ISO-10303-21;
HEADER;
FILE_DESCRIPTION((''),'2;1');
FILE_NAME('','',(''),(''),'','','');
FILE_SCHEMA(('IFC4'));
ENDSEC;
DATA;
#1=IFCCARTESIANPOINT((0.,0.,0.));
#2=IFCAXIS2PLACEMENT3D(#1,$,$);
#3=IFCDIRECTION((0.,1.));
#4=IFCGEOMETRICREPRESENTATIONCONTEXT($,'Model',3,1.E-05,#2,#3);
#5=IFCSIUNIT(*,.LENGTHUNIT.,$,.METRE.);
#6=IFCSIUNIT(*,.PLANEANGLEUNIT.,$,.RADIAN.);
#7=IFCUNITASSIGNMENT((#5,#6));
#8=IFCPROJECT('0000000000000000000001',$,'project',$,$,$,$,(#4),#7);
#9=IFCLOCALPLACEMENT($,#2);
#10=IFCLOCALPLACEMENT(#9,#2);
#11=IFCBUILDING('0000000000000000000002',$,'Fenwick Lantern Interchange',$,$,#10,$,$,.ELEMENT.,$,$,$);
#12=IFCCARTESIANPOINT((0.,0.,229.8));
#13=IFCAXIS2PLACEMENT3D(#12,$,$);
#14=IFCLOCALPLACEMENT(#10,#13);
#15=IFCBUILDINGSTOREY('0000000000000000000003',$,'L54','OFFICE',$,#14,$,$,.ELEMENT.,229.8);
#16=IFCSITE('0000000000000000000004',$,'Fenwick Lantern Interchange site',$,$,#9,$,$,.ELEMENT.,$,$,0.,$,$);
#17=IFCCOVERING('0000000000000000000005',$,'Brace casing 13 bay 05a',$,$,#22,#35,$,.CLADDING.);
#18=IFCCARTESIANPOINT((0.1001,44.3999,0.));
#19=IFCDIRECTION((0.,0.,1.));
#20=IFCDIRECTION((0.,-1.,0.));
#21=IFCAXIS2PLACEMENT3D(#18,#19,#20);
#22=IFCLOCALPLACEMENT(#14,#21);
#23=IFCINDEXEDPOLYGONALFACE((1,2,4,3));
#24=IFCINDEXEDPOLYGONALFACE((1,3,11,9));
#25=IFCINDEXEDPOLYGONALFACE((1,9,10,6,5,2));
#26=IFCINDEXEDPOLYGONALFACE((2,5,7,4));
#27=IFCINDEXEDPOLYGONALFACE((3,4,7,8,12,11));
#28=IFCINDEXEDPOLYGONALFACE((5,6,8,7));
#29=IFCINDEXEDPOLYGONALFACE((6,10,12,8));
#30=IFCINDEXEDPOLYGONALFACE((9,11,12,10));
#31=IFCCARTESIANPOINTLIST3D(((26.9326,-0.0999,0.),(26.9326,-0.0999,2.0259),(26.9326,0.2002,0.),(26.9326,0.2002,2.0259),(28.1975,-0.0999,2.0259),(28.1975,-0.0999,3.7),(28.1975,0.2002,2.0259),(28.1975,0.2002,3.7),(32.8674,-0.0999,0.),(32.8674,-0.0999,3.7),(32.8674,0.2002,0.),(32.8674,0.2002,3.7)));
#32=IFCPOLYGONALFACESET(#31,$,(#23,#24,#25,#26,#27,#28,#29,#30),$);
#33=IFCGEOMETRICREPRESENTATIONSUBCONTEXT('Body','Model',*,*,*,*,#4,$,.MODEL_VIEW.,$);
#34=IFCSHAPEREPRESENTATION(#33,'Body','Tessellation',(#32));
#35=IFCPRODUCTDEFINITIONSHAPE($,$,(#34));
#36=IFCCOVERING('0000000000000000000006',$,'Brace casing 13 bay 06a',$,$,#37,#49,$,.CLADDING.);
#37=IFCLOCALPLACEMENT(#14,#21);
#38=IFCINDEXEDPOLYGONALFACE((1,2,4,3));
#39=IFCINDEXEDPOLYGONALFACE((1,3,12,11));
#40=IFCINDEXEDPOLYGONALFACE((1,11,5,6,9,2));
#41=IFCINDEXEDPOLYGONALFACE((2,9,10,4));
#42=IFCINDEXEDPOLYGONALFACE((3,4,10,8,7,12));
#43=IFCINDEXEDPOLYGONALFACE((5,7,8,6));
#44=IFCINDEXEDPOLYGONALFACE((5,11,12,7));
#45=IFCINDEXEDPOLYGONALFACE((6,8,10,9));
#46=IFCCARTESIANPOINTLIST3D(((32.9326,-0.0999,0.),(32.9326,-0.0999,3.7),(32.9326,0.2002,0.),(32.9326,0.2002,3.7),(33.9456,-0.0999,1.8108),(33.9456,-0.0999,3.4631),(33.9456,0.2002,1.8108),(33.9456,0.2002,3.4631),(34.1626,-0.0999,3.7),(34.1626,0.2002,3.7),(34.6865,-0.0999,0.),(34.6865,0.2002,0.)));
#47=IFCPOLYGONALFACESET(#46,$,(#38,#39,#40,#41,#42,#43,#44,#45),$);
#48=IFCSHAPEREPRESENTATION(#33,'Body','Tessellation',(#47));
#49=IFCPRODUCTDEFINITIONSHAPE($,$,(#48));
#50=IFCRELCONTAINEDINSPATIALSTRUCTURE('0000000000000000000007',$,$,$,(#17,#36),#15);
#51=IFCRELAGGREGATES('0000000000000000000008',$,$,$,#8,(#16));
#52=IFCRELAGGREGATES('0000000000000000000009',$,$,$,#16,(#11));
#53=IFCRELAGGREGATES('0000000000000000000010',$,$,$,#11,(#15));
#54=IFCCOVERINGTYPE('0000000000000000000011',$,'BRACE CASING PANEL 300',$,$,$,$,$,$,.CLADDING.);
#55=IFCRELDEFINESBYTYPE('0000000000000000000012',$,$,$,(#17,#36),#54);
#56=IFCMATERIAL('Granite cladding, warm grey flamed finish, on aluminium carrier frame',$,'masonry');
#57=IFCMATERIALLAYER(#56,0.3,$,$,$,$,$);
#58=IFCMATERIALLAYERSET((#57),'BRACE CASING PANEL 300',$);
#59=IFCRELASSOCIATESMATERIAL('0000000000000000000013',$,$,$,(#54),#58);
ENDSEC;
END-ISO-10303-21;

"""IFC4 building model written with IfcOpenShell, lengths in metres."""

from ifc_helpers import new_model, si_unit, direction, frame, origin, place, context, subcontext, project, spatial, polyline, outline, extrude, material, layer, layer_set, type_object, element, save


model = new_model("IFC4")

# Units and contexts
model_context = context("Model", 3, precision=1e-05, world=origin(), true_north=direction((0.0, 1.0)))
body_context = subcontext(model_context, "Body", "Model", "MODEL_VIEW")
ifc_project = project(units=[si_unit("LENGTHUNIT", "METRE"), si_unit("PLANEANGLEUNIT", "RADIAN")], contexts=[model_context])

# Site, building, storey
site_placement = place(None, origin())
site = spatial("IfcSite", under=ifc_project, at=site_placement, Name="Fenwick Lantern Interchange site", CompositionType="ELEMENT", RefElevation=0.0)
building_placement = place(site_placement, origin())
building = spatial("IfcBuilding", under=site, at=building_placement, Name="Fenwick Lantern Interchange", CompositionType="ELEMENT")
storey_placement = place(building_placement, frame((0.0, 0.0, 229.8)))
storey = spatial("IfcBuildingStorey", under=building, at=storey_placement, Name="L54", Description="OFFICE", CompositionType="ELEMENT", Elevation=229.8)

# Coverings
ifc_material_1 = material(Name="Granite cladding, warm grey flamed finish, on aluminium carrier frame", Category="masonry")
ifc_layer_1 = layer(ifc_material_1, 0.3)
ifc_layer_set_1 = layer_set([ifc_layer_1], Name="BRACE CASING PANEL 300")
covering_type = type_object("IfcCoveringType", Name="BRACE CASING PANEL 300", PredefinedType="CLADDING", material=ifc_layer_set_1)
covering_1_placement = place(storey_placement, frame((0.1001, 44.3999, 0.0), z_axis=(0.0, 0.0, 1.0), x_axis=(0.0, -1.0, 0.0)))
element("IfcCovering", 1, at=covering_1_placement, inside=storey, type_object=covering_type, Name="Brace casing 13 bay 05a", PredefinedType="CLADDING", context=body_context, shape_type="SweptSolid", body=[
    extrude(outline(polyline([(26.9326, 0.0), (32.8674, 0.0), (32.8674, 3.7), (28.1975, 3.7), (28.1975, 2.0259), (26.9326, 2.0259), (26.9326, 0.0)])), frame((0.0, 0.2002, 0.0), z_axis=(0.0, -1.0, 0.0), x_axis=(1.0, 0.0, 0.0)), (0.0, 0.0, 1.0), 0.3),
])
covering_2_placement = place(storey_placement, frame((0.1001, 44.3999, 0.0), z_axis=(0.0, 0.0, 1.0), x_axis=(0.0, -1.0, 0.0)))
element("IfcCovering", 2, at=covering_2_placement, inside=storey, type_object=covering_type, Name="Brace casing 13 bay 06a", PredefinedType="CLADDING", context=body_context, shape_type="SweptSolid", body=[
    extrude(outline(polyline([(32.9326, 0.0), (34.6865, 0.0), (33.9456, 1.8108), (33.9456, 3.4631), (34.1626, 3.7), (32.9326, 3.7), (32.9326, 0.0)])), frame((0.0, 0.2002, 0.0), z_axis=(0.0, -1.0, 0.0), x_axis=(1.0, 0.0, 0.0)), (0.0, 0.0, 1.0), 0.3),
])

save(model, "model.ifc")
